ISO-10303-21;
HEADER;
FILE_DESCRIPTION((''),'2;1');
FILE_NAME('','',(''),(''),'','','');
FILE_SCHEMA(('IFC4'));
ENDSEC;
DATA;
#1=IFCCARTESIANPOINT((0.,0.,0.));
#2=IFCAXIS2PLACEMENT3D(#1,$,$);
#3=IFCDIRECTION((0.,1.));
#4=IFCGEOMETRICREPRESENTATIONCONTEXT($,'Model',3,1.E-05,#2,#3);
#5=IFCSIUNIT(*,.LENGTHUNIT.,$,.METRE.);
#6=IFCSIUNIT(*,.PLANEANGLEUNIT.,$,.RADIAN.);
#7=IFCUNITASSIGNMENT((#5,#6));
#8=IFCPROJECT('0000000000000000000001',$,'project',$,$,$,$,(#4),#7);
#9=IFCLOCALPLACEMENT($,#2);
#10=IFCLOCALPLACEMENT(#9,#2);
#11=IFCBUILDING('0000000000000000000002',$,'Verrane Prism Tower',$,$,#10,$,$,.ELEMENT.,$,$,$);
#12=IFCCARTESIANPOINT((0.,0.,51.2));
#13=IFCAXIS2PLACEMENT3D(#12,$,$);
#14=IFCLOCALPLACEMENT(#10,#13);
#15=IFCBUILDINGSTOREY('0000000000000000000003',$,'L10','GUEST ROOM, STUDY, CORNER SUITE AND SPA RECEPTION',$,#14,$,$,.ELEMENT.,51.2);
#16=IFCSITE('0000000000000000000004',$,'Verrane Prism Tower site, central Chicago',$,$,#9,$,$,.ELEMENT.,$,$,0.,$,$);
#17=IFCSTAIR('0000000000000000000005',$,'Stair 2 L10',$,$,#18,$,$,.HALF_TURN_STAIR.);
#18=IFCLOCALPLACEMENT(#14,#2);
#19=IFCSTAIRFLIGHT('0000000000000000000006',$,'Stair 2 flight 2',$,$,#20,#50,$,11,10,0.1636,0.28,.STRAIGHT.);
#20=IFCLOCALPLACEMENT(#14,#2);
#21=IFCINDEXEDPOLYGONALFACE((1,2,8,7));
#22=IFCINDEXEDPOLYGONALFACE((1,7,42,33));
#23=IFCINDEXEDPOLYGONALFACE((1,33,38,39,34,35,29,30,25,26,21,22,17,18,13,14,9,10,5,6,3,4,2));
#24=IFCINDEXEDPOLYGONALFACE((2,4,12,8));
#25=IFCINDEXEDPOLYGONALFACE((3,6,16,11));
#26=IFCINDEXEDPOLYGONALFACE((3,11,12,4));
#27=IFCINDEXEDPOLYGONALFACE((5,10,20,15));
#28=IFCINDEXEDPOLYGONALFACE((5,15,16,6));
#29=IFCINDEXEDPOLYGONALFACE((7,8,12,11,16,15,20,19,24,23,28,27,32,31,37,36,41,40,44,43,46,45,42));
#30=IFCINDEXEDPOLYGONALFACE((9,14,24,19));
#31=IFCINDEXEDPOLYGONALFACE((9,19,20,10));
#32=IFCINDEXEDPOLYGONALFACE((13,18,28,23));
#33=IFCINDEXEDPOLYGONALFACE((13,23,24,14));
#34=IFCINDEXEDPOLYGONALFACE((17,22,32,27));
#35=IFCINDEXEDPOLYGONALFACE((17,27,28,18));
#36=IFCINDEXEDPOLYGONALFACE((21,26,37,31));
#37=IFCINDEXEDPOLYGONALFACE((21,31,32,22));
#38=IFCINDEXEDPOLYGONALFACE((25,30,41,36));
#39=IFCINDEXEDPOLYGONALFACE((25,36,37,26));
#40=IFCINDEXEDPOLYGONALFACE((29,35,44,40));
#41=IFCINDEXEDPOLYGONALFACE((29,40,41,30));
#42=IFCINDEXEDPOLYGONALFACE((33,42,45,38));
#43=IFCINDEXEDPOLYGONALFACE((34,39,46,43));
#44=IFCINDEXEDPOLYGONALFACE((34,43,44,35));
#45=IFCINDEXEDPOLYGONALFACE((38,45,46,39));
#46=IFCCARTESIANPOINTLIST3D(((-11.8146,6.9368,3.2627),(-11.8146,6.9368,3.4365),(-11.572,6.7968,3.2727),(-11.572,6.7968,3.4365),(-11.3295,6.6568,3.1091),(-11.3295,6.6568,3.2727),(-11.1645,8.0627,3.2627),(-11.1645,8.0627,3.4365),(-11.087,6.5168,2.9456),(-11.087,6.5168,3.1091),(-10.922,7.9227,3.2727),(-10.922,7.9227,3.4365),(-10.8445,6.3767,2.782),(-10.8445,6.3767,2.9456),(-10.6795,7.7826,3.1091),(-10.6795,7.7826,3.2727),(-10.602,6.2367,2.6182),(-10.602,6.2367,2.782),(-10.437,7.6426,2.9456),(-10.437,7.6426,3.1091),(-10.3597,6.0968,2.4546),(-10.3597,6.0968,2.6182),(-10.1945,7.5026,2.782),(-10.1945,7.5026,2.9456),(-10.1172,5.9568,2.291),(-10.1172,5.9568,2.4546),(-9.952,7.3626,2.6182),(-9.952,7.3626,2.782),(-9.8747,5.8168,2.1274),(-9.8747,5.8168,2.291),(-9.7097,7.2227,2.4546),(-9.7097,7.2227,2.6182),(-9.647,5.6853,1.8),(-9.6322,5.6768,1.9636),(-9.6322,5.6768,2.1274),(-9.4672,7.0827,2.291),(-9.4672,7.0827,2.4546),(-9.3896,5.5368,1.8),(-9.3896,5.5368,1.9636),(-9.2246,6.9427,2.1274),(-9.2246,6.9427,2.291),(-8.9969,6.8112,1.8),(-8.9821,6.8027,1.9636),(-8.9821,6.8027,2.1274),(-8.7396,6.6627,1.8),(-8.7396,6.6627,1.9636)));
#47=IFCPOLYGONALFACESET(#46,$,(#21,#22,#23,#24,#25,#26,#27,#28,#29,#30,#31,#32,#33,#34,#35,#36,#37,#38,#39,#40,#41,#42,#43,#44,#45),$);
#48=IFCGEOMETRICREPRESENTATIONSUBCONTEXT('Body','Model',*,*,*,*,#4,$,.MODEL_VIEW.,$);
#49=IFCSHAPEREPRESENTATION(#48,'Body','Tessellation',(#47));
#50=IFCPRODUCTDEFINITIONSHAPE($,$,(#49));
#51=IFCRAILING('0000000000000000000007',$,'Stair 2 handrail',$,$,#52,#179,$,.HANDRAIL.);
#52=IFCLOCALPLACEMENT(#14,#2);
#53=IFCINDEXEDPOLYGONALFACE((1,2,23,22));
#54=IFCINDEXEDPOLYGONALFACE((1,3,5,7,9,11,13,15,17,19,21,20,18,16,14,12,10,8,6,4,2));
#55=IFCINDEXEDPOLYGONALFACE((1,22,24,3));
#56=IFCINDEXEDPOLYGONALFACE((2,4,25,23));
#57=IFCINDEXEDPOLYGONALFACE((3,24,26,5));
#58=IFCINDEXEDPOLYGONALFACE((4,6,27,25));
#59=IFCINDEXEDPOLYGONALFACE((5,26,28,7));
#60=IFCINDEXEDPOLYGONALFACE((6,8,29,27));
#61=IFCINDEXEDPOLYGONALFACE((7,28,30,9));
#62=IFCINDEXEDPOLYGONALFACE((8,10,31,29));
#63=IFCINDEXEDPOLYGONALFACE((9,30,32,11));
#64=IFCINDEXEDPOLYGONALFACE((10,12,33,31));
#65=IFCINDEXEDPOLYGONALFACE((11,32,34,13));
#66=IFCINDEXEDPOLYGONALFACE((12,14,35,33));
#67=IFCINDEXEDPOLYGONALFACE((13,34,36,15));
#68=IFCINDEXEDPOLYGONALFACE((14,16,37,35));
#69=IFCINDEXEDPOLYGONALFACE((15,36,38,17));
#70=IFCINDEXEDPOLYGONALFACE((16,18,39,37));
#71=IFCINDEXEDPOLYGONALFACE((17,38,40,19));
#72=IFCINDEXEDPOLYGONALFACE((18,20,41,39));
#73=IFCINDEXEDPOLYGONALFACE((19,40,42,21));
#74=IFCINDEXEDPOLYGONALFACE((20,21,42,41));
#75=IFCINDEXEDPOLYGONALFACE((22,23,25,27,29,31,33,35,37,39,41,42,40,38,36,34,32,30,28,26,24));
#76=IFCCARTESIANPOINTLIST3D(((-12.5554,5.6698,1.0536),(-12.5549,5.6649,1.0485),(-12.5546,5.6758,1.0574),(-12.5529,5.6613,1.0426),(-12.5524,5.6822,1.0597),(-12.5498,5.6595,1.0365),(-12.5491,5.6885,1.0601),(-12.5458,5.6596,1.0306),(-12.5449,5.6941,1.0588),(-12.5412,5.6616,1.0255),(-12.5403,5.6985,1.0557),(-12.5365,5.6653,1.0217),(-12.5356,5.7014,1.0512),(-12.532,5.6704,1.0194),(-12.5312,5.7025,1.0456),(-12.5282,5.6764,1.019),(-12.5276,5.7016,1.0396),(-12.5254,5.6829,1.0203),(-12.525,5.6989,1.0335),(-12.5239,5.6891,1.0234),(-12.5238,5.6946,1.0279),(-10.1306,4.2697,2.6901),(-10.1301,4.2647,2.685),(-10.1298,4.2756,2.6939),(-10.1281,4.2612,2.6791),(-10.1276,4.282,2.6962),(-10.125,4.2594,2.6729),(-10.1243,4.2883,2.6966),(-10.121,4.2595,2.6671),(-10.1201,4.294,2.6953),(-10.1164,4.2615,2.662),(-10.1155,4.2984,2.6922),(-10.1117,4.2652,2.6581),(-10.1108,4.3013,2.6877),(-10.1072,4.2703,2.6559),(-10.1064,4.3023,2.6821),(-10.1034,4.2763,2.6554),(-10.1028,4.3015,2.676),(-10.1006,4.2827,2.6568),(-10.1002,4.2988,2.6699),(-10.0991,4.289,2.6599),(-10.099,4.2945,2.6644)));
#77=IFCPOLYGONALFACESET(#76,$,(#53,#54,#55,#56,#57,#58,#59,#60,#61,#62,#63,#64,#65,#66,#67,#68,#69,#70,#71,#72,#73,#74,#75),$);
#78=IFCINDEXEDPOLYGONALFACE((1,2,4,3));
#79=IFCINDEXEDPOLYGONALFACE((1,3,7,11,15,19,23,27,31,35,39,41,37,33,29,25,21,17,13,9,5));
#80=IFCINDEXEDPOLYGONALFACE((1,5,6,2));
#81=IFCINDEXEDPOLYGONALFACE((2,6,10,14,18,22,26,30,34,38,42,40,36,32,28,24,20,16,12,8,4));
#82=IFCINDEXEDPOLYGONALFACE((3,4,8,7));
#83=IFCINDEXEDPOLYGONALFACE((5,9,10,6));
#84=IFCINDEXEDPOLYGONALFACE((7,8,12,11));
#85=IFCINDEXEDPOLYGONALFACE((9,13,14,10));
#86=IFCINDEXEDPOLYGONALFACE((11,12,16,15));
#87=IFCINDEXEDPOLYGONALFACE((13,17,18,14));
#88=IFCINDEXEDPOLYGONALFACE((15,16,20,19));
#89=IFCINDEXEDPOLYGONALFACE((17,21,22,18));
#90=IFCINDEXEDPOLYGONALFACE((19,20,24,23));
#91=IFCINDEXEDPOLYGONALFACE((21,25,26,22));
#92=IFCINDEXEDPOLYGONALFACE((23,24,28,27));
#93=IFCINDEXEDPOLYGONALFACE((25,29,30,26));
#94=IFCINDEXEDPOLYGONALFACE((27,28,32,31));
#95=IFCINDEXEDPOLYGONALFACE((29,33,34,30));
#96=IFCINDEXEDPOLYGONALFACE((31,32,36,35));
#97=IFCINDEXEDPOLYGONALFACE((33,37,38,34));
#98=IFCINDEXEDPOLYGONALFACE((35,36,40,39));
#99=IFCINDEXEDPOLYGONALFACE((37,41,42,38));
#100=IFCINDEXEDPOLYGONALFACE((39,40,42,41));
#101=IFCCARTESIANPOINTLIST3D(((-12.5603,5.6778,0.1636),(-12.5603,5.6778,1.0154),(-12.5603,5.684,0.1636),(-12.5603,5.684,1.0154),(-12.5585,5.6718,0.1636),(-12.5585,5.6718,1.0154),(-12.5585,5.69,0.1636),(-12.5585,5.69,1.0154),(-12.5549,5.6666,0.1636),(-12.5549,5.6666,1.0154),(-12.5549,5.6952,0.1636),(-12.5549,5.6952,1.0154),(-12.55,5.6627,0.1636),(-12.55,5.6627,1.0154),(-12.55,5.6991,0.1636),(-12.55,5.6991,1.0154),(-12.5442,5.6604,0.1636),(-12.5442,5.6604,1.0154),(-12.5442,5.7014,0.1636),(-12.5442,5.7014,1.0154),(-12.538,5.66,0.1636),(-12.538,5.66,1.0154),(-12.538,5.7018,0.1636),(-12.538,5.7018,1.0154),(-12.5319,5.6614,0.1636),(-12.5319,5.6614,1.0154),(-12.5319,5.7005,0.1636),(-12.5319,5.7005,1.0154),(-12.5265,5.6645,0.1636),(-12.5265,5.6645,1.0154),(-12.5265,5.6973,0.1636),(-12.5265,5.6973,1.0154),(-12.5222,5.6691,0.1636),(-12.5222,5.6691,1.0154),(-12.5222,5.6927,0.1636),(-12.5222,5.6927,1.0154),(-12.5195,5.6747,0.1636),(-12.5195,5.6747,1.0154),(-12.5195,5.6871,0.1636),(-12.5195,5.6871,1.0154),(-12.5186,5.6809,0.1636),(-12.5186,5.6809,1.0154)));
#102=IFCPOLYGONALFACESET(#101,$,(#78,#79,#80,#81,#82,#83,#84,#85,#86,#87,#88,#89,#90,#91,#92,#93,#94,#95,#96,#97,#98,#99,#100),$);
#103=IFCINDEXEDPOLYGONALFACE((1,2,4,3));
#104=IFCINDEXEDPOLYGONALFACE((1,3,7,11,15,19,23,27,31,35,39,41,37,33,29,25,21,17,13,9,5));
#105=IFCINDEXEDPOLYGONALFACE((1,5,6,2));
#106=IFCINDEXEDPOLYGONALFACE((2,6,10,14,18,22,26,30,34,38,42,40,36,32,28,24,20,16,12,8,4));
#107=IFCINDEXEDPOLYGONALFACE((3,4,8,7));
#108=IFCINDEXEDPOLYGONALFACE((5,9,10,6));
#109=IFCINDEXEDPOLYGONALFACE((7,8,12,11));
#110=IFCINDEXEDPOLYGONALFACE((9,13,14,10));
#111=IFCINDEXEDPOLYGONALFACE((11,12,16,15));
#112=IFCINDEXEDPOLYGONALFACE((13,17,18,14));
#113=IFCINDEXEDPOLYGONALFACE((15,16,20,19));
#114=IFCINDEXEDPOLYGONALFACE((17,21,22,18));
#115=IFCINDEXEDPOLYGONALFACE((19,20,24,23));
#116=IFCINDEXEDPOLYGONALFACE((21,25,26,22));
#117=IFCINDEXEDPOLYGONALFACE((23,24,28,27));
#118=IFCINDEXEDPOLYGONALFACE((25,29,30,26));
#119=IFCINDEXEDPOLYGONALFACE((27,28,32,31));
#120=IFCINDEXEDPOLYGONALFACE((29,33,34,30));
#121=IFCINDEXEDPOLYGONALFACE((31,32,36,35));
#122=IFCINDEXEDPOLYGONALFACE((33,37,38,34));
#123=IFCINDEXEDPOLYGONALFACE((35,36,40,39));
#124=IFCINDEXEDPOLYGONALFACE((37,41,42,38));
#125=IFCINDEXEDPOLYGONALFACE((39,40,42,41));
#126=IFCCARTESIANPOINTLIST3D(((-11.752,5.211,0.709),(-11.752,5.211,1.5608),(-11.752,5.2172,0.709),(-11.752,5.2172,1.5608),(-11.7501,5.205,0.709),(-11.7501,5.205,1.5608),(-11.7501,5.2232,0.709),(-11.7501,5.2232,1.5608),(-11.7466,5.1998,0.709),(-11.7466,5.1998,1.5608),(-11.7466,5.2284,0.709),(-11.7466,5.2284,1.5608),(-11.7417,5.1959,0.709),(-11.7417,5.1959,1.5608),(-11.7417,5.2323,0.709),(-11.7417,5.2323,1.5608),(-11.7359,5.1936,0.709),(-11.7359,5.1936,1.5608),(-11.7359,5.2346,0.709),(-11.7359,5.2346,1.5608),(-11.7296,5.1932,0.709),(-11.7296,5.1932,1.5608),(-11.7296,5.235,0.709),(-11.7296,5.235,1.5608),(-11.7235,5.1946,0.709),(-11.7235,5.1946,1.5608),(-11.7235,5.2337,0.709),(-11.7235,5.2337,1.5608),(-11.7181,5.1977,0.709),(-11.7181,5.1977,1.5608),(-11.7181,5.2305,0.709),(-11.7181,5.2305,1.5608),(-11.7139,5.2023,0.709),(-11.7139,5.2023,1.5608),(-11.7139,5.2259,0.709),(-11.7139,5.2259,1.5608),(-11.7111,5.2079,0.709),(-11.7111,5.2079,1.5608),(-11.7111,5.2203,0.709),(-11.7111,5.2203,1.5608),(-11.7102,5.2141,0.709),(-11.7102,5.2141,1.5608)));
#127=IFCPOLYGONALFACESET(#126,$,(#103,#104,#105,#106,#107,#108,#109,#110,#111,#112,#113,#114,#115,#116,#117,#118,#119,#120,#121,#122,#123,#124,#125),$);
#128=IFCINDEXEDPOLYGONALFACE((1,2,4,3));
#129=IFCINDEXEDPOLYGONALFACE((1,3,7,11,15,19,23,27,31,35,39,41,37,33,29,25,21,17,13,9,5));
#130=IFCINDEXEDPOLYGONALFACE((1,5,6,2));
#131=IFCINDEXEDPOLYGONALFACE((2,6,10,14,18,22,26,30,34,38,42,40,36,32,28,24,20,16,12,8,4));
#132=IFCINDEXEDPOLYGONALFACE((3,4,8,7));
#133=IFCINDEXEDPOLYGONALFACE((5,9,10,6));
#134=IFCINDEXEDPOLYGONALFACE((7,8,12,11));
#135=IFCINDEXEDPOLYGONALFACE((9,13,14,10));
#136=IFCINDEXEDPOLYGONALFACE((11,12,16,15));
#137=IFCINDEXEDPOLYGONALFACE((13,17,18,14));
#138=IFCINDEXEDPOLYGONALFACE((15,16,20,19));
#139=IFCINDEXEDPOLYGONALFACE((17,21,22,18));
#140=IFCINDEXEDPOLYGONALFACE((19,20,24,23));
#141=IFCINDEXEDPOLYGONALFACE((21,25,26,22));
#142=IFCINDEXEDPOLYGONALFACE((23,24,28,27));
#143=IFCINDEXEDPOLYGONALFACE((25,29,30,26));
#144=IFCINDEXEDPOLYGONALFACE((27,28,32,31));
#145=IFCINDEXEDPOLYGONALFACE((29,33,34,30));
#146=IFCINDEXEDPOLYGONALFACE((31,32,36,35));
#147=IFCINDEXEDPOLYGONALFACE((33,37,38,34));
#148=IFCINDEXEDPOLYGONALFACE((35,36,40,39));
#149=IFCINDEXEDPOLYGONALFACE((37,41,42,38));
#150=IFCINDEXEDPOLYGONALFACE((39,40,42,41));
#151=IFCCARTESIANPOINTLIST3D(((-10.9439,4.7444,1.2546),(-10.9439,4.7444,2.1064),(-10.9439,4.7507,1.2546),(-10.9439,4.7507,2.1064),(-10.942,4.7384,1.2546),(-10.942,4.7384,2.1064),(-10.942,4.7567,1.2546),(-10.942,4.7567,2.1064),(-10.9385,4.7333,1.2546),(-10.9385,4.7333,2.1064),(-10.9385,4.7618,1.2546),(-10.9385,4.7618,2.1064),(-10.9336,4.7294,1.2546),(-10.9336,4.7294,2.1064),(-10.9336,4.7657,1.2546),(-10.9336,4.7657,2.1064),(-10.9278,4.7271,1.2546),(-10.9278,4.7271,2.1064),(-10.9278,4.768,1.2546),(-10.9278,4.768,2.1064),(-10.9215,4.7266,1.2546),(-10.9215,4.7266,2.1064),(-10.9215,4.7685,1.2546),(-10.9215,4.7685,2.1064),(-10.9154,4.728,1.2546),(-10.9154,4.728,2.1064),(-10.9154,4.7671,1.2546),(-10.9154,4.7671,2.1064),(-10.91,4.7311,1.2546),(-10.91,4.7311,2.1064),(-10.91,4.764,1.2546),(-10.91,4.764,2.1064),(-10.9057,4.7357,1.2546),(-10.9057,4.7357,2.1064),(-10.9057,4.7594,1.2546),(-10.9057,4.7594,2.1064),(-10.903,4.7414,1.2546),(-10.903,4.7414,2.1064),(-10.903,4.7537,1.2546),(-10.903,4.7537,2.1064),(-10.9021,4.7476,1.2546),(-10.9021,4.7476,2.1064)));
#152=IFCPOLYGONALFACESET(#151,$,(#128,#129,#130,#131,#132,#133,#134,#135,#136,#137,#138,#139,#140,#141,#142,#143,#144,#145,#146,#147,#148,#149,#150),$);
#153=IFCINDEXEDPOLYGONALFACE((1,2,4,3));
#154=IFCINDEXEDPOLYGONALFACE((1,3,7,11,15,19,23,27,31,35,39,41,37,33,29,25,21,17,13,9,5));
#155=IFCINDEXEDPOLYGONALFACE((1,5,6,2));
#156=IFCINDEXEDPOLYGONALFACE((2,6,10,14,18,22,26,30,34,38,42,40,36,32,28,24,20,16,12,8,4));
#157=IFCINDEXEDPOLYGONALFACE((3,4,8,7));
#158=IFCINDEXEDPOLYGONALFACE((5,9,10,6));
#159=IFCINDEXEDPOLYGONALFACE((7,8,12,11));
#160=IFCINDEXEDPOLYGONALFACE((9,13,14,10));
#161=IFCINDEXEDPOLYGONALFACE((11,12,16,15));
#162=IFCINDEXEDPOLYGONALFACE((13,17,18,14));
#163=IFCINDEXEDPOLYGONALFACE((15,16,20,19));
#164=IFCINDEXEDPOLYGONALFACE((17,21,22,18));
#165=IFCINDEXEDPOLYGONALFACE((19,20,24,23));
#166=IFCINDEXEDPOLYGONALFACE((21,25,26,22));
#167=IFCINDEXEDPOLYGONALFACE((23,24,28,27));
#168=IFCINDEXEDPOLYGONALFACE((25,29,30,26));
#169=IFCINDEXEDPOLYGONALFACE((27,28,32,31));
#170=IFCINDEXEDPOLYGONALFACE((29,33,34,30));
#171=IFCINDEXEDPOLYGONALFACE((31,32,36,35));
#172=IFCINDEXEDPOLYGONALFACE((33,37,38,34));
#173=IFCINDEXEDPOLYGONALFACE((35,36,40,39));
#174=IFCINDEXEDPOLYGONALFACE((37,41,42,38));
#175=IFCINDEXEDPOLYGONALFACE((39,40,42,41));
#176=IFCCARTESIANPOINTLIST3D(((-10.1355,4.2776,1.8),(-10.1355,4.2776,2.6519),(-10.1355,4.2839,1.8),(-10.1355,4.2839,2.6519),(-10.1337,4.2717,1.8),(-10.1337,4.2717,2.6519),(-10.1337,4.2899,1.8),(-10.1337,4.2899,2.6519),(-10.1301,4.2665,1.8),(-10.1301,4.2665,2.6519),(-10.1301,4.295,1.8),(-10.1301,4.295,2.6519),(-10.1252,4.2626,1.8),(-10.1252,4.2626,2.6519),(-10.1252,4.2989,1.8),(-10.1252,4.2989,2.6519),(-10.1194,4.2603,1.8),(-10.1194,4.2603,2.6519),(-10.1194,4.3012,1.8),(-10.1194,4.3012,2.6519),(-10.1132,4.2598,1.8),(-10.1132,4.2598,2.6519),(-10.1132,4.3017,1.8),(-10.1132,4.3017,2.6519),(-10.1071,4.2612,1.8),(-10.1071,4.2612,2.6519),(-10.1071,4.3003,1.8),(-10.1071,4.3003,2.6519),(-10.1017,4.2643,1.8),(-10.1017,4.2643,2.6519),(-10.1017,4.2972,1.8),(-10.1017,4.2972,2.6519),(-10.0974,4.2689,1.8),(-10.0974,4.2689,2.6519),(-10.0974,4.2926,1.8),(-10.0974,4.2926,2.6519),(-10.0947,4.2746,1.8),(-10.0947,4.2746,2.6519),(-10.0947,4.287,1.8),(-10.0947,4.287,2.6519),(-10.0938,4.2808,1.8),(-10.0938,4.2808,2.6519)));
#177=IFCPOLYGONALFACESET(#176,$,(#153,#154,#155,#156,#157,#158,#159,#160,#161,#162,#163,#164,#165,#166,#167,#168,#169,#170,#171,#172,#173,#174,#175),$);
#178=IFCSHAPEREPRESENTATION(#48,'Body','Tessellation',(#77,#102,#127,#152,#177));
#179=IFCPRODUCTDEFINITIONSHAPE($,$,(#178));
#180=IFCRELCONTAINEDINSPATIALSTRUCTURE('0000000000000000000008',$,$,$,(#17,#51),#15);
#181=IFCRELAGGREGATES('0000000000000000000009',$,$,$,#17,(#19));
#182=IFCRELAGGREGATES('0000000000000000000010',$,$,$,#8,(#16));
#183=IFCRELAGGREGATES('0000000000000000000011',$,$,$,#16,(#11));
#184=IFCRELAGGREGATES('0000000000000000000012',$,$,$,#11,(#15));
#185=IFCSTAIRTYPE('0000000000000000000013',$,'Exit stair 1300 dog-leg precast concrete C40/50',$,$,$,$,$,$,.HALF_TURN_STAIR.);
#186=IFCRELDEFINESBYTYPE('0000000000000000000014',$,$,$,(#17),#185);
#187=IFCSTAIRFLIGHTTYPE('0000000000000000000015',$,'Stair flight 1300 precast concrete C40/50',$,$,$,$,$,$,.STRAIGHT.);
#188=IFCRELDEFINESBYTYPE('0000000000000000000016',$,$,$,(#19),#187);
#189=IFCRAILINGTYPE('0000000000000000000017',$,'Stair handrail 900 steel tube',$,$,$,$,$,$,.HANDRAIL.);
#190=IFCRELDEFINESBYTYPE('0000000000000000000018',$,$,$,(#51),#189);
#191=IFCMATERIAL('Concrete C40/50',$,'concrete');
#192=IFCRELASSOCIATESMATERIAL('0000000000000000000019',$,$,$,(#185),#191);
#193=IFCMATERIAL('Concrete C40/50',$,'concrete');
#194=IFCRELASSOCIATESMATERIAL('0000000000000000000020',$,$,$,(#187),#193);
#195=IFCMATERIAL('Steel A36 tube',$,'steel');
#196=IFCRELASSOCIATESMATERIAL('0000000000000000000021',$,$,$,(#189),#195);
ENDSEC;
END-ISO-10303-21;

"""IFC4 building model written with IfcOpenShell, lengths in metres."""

from ifc_helpers import new_model, si_unit, direction, frame, origin, origin_2d, place, context, subcontext, project, spatial, polyline, circle, outline, extrude, material, type_object, element, aggregate, save


model = new_model("IFC4")

# Units and contexts
model_context = context("Model", 3, precision=1e-05, world=origin(), true_north=direction((0.0, 1.0)))
body_context = subcontext(model_context, "Body", "Model", "MODEL_VIEW")
ifc_project = project(units=[si_unit("LENGTHUNIT", "METRE"), si_unit("PLANEANGLEUNIT", "RADIAN")], contexts=[model_context])

# Site, building, storey
site_placement = place(None, origin())
site = spatial("IfcSite", under=ifc_project, at=site_placement, Name="Verrane Prism Tower site, central Chicago", CompositionType="ELEMENT", RefElevation=0.0)
building_placement = place(site_placement, origin())
building = spatial("IfcBuilding", under=site, at=building_placement, Name="Verrane Prism Tower", CompositionType="ELEMENT")
storey_placement = place(building_placement, frame((0.0, 0.0, 51.2)))
storey = spatial("IfcBuildingStorey", under=building, at=storey_placement, Name="L10", Description="GUEST ROOM, STUDY, CORNER SUITE AND SPA RECEPTION", CompositionType="ELEMENT", Elevation=51.2)

# Stair, stair flight
ifc_material_1 = material(Name="Concrete C40/50", Category="concrete")
stair_type = type_object("IfcStairType", Name="Exit stair 1300 dog-leg precast concrete C40/50", PredefinedType="HALF_TURN_STAIR", material=ifc_material_1)
stair_placement = place(storey_placement, origin())
stair = element("IfcStair", 1, at=stair_placement, inside=storey, type_object=stair_type, Name="Stair 2 L10", PredefinedType="HALF_TURN_STAIR")
ifc_material_2 = material(Name="Concrete C40/50", Category="concrete")
stair_flight_type = type_object("IfcStairFlightType", Name="Stair flight 1300 precast concrete C40/50", PredefinedType="STRAIGHT", material=ifc_material_2)
stair_flight_1_placement = place(storey_placement, frame((-9.0647, 6.0996, 1.8), z_axis=(0.0, 0.0, 1.0), x_axis=(-0.866025, 0.5, 0.0)))
stair_flight_1 = element("IfcStairFlight", 2, at=stair_flight_1_placement, type_object=stair_flight_type, Name="Stair 2 flight 2", NumberOfRisers=11, NumberOfTreads=10, PredefinedType="STRAIGHT", RiserHeight=0.1636, TreadLength=0.28, context=body_context, shape_type="SweptSolid", body=[
    extrude(outline(polyline([(0.0, 0.0), (0.0, 0.1636), (0.28, 0.1636), (0.28, 0.3274), (0.5601, 0.3274), (0.5601, 0.491), (0.8401, 0.491), (0.8401, 0.6545), (1.1201, 0.6545), (1.1201, 0.8181), (1.3999, 0.8181), (1.3999, 0.9819), (1.6799, 0.9819), (1.6799, 1.1455), (1.96, 1.1455), (1.96, 1.3091), (2.24, 1.3091), (2.24, 1.4727), (2.52, 1.4727), (2.52, 1.6365), (2.8, 1.6365), (2.8, 1.8), (2.8, 1.4626), (0.2971, 0.0), (0.0, 0.0)])), frame((0.0, 0.6499, 0.0), z_axis=(0.0, -1.0, 0.0), x_axis=(1.0, 0.0, 0.0)), (0.0, 0.0, 1.0), 1.3),
])
aggregate(stair, [stair_flight_1])

# Railing
ifc_material_3 = material(Name="Steel A36 tube", Category="steel")
railing_type_1 = type_object("IfcRailingType", Name="Stair handrail 900 steel tube", PredefinedType="HANDRAIL", material=ifc_material_3)
railing_1_placement = place(storey_placement, frame((-12.5396, 5.6809, 0.1636)))
element("IfcRailing", 3, at=railing_1_placement, inside=storey, type_object=railing_type_1, Name="Stair 2 handrail", PredefinedType="HANDRAIL", context=body_context, shape_type="SweptSolid", body=[
    extrude(circle(Radius=0.0239, at=origin_2d()), frame((0.0, 0.0, 0.876), z_axis=(0.747666, -0.431722, 0.504591), x_axis=(0.50005, 0.865997, 0.0)), (0.0, 0.0, 1.0), 3.2432),
    extrude(circle(Radius=0.021, at=origin_2d()), origin(), (0.0, 0.0, 1.0), 0.8518),
    extrude(circle(Radius=0.021, at=origin_2d()), frame((0.8083, -0.4668, 0.5454)), (0.0, 0.0, 1.0), 0.8518),
    extrude(circle(Radius=0.021, at=origin_2d()), frame((1.6165, -0.9333, 1.0911)), (0.0, 0.0, 1.0), 0.8518),
    extrude(circle(Radius=0.021, at=origin_2d()), frame((2.4248, -1.4001, 1.6365)), (0.0, 0.0, 1.0), 0.8518),
])

save(model, "model.ifc")
